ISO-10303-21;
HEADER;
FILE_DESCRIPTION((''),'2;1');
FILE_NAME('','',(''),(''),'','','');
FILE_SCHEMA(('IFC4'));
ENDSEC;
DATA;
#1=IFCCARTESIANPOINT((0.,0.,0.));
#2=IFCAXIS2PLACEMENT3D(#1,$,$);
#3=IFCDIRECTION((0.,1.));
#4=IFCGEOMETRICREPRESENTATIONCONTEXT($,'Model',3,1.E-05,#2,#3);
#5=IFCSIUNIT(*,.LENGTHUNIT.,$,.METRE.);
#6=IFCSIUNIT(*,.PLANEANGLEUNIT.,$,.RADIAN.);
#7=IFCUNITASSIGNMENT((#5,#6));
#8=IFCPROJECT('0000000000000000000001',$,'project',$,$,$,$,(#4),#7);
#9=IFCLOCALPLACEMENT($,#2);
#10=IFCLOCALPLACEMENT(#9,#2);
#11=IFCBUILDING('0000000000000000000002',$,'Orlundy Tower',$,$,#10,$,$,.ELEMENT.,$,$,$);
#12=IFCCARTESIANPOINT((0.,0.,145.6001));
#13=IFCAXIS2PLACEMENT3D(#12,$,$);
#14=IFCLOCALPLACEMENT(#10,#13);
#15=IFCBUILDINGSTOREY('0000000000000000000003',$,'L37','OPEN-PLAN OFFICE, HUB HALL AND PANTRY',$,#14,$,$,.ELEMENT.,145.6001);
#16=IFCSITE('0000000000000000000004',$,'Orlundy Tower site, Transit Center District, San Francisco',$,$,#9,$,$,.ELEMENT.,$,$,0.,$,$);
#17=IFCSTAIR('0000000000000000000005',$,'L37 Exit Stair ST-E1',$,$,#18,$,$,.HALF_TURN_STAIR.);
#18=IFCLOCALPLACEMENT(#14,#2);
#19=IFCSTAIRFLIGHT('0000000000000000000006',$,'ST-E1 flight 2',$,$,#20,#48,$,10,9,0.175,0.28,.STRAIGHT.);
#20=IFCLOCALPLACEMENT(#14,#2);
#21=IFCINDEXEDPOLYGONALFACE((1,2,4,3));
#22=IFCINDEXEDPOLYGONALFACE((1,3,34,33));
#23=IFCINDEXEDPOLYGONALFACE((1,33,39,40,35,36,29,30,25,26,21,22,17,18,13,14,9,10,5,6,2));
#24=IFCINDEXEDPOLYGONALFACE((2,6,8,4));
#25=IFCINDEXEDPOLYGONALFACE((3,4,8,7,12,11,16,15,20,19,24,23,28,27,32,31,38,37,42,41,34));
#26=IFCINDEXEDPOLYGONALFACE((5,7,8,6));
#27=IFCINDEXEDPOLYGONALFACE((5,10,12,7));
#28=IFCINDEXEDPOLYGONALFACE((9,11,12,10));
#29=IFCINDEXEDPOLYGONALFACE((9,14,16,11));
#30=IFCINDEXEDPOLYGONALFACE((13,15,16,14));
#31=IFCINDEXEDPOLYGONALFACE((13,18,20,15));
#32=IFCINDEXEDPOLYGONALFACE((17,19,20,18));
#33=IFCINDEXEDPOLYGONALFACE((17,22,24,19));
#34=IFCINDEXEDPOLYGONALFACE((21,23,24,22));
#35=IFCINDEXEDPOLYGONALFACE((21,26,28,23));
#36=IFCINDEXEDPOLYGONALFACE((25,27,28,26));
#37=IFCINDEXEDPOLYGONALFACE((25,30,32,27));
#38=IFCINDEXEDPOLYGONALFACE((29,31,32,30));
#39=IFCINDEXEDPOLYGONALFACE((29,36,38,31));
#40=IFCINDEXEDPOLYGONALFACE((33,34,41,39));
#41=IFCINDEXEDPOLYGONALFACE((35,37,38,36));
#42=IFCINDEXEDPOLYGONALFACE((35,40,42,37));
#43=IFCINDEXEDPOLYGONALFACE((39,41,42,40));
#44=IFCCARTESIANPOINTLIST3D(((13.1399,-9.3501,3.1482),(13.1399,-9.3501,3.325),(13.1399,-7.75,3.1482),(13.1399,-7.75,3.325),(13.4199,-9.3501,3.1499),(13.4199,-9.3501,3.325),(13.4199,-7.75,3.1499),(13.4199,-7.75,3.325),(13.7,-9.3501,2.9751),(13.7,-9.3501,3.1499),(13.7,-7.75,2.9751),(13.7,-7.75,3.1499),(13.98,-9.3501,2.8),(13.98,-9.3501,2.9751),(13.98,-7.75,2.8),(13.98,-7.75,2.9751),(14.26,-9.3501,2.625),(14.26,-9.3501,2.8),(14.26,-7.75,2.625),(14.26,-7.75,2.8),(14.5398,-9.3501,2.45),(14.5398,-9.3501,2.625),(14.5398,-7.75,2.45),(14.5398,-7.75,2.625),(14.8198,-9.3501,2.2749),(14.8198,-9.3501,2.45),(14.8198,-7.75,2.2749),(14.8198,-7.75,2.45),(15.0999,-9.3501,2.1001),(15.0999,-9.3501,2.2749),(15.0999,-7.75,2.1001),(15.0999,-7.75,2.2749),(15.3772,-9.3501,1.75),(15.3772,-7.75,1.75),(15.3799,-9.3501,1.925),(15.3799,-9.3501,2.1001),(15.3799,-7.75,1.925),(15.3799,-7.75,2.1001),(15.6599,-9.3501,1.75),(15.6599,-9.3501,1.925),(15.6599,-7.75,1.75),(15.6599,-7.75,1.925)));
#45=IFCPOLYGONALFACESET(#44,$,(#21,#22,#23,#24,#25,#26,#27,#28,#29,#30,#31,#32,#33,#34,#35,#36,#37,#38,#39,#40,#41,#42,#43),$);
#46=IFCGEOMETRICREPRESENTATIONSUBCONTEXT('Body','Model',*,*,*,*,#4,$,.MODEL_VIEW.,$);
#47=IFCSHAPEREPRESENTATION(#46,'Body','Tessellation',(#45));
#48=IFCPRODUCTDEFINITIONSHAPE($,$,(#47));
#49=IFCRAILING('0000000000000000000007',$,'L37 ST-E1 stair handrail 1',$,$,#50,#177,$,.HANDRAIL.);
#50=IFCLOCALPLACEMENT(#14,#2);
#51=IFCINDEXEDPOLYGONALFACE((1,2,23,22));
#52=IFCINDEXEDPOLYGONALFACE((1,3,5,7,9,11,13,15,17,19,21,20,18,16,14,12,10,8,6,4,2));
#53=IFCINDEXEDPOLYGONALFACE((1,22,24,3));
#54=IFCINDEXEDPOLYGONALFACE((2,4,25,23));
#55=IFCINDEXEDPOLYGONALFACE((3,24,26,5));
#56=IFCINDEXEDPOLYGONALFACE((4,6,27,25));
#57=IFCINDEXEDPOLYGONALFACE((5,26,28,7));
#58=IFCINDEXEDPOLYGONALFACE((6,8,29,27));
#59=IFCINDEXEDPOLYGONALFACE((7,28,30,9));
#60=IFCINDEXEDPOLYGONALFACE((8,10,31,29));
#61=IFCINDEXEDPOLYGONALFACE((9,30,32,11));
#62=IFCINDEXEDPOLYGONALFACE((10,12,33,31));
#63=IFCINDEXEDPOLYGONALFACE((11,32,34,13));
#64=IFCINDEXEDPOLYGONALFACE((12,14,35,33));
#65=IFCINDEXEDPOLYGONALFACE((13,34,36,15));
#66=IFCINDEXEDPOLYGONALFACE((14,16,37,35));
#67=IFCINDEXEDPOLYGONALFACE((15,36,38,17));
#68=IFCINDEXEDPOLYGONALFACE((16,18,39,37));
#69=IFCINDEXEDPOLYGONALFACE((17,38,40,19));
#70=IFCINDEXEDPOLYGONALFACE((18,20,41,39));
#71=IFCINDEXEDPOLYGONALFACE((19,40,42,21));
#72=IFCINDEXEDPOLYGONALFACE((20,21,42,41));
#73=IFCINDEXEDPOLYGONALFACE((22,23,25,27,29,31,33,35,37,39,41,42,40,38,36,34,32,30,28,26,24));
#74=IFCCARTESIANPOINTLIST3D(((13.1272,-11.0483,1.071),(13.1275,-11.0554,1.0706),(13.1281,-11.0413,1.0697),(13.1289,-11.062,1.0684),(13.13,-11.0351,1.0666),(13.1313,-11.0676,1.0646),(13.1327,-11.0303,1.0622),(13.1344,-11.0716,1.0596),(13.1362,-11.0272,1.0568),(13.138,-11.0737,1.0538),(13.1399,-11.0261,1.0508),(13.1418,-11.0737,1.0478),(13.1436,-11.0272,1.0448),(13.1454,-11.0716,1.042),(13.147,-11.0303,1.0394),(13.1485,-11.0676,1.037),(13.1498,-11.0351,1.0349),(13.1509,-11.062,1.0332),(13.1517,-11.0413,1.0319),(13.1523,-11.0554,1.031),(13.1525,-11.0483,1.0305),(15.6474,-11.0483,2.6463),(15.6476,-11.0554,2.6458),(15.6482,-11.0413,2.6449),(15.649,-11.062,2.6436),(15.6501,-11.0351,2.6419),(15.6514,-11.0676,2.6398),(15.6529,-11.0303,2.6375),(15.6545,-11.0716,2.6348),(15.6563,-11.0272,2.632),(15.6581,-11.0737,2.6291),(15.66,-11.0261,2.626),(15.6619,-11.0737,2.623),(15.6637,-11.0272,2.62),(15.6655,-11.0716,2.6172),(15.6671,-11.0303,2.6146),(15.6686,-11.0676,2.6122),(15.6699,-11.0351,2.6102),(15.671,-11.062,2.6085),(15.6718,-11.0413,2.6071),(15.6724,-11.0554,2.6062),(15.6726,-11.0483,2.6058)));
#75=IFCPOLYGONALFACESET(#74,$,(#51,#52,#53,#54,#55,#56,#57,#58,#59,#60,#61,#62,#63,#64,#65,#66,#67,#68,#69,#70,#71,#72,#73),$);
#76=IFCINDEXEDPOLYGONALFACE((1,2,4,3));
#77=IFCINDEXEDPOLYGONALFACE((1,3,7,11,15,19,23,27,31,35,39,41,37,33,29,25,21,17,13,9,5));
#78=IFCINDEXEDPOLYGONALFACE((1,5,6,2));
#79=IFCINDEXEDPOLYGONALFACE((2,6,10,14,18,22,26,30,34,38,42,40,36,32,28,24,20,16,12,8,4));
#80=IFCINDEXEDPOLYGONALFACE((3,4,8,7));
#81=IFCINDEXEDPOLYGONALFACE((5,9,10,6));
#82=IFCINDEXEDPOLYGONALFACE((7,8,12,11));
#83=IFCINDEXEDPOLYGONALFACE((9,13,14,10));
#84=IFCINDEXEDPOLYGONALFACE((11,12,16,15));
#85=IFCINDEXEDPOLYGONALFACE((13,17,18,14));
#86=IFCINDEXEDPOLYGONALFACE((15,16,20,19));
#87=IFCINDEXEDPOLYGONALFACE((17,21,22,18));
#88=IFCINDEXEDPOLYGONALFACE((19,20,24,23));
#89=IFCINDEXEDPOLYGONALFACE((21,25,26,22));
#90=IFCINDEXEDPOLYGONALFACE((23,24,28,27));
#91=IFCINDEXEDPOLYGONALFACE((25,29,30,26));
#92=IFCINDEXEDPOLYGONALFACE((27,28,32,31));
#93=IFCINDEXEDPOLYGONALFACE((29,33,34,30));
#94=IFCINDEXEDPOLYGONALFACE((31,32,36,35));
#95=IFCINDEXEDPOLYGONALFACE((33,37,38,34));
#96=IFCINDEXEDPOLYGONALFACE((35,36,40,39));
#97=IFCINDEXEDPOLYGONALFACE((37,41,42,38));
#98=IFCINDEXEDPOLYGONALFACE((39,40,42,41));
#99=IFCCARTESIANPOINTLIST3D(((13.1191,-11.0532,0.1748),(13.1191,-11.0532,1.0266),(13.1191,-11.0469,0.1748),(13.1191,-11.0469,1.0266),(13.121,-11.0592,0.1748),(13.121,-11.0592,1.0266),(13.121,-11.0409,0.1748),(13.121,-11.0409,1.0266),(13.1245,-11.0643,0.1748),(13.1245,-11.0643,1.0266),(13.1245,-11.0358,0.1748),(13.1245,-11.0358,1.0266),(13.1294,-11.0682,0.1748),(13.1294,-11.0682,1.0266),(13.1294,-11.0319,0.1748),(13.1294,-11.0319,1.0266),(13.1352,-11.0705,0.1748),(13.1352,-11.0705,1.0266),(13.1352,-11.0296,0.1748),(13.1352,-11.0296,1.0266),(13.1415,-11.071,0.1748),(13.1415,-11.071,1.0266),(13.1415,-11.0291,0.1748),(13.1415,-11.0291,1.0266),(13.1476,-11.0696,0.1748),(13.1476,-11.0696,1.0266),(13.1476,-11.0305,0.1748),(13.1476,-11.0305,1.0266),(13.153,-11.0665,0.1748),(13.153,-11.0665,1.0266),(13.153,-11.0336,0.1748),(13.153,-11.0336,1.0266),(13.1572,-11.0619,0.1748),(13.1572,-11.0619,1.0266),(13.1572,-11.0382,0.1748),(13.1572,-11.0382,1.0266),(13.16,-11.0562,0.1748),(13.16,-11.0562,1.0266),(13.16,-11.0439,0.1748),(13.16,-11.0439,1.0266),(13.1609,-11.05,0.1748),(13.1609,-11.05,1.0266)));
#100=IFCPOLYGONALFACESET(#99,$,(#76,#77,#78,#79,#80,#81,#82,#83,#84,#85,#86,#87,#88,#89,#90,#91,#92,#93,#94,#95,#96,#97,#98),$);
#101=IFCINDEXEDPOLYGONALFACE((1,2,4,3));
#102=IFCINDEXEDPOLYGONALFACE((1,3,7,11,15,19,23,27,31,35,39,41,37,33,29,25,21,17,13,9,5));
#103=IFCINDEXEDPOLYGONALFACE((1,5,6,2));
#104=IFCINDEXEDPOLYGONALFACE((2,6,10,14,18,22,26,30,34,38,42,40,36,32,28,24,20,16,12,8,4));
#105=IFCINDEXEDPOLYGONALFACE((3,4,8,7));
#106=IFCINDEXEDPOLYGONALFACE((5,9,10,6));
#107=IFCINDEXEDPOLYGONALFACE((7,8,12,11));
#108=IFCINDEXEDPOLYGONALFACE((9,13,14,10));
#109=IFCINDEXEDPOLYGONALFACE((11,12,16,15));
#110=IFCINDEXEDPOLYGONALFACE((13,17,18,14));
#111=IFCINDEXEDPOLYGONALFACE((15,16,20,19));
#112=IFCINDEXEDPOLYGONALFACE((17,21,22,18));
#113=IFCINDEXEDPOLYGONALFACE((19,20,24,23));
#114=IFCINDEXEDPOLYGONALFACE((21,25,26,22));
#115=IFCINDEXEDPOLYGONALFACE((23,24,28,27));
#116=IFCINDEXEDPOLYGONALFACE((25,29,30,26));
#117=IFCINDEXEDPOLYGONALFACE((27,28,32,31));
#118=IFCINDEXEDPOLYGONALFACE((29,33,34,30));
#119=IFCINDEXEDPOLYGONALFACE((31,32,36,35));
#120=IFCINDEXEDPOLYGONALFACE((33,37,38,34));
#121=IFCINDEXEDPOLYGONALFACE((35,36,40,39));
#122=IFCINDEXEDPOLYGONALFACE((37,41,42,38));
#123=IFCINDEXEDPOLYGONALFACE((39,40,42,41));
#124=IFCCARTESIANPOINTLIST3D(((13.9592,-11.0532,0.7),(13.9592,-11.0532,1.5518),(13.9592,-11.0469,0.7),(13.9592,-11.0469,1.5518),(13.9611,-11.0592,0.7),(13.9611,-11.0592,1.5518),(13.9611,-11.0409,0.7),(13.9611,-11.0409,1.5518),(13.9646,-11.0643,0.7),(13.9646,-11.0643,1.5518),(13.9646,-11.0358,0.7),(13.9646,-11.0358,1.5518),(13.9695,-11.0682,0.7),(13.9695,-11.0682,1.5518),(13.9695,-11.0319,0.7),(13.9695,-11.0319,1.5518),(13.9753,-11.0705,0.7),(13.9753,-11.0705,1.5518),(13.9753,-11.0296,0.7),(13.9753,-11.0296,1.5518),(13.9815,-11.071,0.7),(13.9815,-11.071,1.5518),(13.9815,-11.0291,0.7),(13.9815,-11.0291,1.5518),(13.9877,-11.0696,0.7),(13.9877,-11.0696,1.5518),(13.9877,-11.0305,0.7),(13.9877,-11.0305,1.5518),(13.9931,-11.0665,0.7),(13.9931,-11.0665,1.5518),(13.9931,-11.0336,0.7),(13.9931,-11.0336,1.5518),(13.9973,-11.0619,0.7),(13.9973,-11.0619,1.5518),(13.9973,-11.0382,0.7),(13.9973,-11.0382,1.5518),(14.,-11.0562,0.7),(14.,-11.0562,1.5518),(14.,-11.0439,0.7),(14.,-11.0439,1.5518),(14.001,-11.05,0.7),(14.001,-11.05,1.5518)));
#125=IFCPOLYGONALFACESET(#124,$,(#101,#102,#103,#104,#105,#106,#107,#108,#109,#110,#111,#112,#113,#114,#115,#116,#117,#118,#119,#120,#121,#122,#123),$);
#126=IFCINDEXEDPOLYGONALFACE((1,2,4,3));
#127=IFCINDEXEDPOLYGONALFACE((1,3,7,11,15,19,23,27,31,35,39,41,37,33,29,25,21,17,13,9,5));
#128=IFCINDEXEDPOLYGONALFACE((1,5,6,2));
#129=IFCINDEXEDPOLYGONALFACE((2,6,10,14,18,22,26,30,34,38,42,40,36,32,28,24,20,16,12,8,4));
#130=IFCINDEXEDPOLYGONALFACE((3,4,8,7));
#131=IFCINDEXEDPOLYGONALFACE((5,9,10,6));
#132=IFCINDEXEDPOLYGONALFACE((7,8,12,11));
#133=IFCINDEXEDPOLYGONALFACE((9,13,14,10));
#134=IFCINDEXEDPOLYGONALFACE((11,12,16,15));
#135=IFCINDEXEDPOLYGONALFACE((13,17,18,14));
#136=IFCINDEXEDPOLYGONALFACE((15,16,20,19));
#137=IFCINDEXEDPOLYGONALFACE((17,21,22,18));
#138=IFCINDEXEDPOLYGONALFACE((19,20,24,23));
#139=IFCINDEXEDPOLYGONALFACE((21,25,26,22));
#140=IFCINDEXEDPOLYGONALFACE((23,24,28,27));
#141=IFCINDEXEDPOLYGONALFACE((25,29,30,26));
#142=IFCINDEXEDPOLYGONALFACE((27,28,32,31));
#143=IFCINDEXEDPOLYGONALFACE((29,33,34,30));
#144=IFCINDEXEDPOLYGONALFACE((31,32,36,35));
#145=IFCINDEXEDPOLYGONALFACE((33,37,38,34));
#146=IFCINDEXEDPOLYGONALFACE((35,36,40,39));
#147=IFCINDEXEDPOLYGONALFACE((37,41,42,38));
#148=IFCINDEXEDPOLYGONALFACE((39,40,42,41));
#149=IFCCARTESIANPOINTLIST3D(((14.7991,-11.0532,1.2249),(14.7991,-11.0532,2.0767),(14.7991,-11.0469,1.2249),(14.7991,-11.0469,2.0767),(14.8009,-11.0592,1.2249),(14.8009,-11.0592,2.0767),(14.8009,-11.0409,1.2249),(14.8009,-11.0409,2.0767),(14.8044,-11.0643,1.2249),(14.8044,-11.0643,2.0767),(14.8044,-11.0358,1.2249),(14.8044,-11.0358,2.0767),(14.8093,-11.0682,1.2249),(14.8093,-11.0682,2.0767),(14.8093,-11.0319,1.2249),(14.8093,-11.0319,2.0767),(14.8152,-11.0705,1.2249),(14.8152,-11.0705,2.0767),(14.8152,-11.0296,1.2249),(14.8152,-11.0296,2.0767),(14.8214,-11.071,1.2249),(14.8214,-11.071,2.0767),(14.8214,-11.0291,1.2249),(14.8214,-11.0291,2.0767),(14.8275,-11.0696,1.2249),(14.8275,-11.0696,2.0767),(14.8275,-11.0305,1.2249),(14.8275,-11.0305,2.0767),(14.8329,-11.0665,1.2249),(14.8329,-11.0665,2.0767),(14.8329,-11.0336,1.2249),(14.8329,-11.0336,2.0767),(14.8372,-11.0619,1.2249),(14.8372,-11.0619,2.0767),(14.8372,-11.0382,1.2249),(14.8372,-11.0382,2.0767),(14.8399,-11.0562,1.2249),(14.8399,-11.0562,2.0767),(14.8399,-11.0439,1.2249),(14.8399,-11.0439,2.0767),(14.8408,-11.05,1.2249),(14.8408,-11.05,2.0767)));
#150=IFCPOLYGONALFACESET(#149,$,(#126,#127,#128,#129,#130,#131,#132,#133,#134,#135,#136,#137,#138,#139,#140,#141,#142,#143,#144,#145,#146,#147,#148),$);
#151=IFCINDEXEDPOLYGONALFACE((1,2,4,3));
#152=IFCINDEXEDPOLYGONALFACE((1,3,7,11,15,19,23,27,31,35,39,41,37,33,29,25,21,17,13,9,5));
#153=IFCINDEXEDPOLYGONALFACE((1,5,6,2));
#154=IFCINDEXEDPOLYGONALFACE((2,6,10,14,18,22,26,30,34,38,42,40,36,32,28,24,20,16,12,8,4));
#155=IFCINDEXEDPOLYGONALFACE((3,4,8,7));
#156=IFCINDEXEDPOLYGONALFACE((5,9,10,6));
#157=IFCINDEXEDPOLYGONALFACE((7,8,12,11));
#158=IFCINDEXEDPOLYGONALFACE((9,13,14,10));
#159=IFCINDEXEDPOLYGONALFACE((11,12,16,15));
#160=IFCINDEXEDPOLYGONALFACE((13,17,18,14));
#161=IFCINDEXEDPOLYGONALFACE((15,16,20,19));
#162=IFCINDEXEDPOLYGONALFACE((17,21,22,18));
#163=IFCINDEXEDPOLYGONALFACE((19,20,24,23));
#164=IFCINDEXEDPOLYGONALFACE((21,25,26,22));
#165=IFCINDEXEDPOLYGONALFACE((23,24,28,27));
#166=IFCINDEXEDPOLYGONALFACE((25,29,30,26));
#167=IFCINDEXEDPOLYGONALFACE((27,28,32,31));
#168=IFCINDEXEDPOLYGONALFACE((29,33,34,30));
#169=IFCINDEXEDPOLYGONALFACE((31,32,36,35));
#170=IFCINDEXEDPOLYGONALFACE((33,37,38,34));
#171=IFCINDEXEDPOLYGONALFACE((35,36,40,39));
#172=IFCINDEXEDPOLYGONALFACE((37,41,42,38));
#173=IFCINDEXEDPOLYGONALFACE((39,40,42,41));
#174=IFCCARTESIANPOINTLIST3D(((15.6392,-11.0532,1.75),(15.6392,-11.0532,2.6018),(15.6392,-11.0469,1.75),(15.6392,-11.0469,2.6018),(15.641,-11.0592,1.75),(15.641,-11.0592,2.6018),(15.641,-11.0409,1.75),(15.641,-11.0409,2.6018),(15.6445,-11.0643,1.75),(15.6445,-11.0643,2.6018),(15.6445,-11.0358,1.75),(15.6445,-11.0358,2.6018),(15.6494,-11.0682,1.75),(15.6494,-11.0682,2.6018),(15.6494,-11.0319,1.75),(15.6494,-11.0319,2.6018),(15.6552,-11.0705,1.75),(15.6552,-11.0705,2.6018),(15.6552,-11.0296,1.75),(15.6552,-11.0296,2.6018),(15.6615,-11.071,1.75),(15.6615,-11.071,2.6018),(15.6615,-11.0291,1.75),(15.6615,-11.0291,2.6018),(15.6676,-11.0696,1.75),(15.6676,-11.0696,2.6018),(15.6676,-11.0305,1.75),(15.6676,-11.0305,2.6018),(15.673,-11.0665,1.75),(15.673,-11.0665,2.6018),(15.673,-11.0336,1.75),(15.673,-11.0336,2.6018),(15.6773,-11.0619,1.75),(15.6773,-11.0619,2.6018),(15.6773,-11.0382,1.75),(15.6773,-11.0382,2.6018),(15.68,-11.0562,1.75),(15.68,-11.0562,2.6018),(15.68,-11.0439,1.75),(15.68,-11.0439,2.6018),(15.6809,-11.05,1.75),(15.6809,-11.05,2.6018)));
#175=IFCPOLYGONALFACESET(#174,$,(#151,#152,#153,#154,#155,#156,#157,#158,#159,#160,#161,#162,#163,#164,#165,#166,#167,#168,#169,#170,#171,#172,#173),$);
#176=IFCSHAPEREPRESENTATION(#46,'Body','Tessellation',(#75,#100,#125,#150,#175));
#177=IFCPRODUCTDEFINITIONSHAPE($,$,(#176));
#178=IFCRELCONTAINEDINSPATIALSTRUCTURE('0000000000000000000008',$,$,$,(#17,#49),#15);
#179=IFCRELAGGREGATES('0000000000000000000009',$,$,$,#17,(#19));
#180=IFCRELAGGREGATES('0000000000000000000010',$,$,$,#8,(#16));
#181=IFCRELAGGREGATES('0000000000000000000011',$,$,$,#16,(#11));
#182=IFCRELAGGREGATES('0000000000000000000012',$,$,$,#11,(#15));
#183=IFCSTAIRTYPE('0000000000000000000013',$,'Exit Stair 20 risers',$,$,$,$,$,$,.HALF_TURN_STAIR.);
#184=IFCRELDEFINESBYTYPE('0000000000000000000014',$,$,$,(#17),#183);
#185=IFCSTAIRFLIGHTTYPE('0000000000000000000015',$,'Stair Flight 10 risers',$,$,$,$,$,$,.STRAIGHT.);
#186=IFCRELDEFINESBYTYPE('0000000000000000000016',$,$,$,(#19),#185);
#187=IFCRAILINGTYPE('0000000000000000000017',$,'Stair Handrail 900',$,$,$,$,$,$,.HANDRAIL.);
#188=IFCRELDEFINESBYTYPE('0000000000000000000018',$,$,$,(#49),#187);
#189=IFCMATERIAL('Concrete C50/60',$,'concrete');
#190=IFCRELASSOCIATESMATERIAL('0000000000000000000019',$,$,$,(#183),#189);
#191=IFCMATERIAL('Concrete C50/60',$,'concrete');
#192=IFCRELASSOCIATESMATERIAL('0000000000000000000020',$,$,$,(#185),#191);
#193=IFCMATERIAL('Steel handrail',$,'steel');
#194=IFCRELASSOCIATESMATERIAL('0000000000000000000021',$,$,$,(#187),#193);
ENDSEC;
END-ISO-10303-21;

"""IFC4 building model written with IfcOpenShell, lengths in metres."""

from ifc_helpers import new_model, si_unit, direction, frame, origin, origin_2d, place, context, subcontext, project, spatial, polyline, circle, outline, extrude, material, type_object, element, aggregate, save


model = new_model("IFC4")

# Units and contexts
model_context = context("Model", 3, precision=1e-05, world=origin(), true_north=direction((0.0, 1.0)))
body_context = subcontext(model_context, "Body", "Model", "MODEL_VIEW")
ifc_project = project(units=[si_unit("LENGTHUNIT", "METRE"), si_unit("PLANEANGLEUNIT", "RADIAN")], contexts=[model_context])

# Site, building, storey
site_placement = place(None, origin())
site = spatial("IfcSite", under=ifc_project, at=site_placement, Name="Orlundy Tower site, Transit Center District, San Francisco", CompositionType="ELEMENT", RefElevation=0.0)
building_placement = place(site_placement, origin())
building = spatial("IfcBuilding", under=site, at=building_placement, Name="Orlundy Tower", CompositionType="ELEMENT")
storey_placement = place(building_placement, frame((0.0, 0.0, 145.6001)))
storey = spatial("IfcBuildingStorey", under=building, at=storey_placement, Name="L37", Description="OPEN-PLAN OFFICE, HUB HALL AND PANTRY", CompositionType="ELEMENT", Elevation=145.6001)

# Stair, stair flight
ifc_material_1 = material(Name="Concrete C50/60", Category="concrete")
stair_type = type_object("IfcStairType", Name="Exit Stair 20 risers", PredefinedType="HALF_TURN_STAIR", material=ifc_material_1)
stair_placement = place(storey_placement, origin())
stair = element("IfcStair", 1, at=stair_placement, inside=storey, type_object=stair_type, Name="L37 Exit Stair ST-E1", PredefinedType="HALF_TURN_STAIR")
ifc_material_2 = material(Name="Concrete C50/60", Category="concrete")
stair_flight_type = type_object("IfcStairFlightType", Name="Stair Flight 10 risers", PredefinedType="STRAIGHT", material=ifc_material_2)
stair_flight_1_placement = place(storey_placement, frame((15.6599, -8.55, 1.75), z_axis=(0.0, 0.0, 1.0), x_axis=(-1.0, 0.0, 0.0)))
stair_flight_1 = element("IfcStairFlight", 2, at=stair_flight_1_placement, type_object=stair_flight_type, Name="ST-E1 flight 2", NumberOfRisers=10, NumberOfTreads=9, PredefinedType="STRAIGHT", RiserHeight=0.175, TreadLength=0.28, context=body_context, shape_type="SweptSolid", body=[
    extrude(outline(polyline([(0.0, 0.0), (0.0, 0.175), (0.28, 0.175), (0.28, 0.3501), (0.5601, 0.3501), (0.5601, 0.5249), (0.8401, 0.5249), (0.8401, 0.7), (1.1201, 0.7), (1.1201, 0.875), (1.3999, 0.875), (1.3999, 1.05), (1.6799, 1.05), (1.6799, 1.2251), (1.96, 1.2251), (1.96, 1.3999), (2.24, 1.3999), (2.24, 1.575), (2.52, 1.575), (2.52, 1.75), (2.52, 1.3982), (0.2827, 0.0), (0.0, 0.0)])), frame((0.0, 0.8, 0.0), z_axis=(0.0, -1.0, 0.0), x_axis=(1.0, 0.0, 0.0)), (0.0, 0.0, 1.0), 1.6001),
])
aggregate(stair, [stair_flight_1])

# Railing
ifc_material_3 = material(Name="Steel handrail", Category="steel")
railing_type_1 = type_object("IfcRailingType", Name="Stair Handrail 900", PredefinedType="HANDRAIL", material=ifc_material_3)
railing_1_placement = place(storey_placement, frame((13.1399, -11.05, 0.1748)))
element("IfcRailing", 3, at=railing_1_placement, inside=storey, type_object=railing_type_1, Name="L37 ST-E1 stair handrail 1", PredefinedType="HANDRAIL", context=body_context, shape_type="SweptSolid", body=[
    extrude(circle(Radius=0.0239, at=origin_2d()), frame((0.0, 0.0, 0.876), z_axis=(0.847971, 0.0, 0.530043), x_axis=(0.0, 1.0, 0.0)), (0.0, 0.0, 1.0), 2.9719),
    extrude(circle(Radius=0.021, at=origin_2d()), origin(), (0.0, 0.0, 1.0), 0.8518),
    extrude(circle(Radius=0.021, at=origin_2d()), frame((0.8401, 0.0, 0.5251)), (0.0, 0.0, 1.0), 0.8518),
    extrude(circle(Radius=0.021, at=origin_2d()), frame((1.6799, 0.0, 1.05)), (0.0, 0.0, 1.0), 0.8518),
    extrude(circle(Radius=0.021, at=origin_2d()), frame((2.52, 0.0, 1.5752)), (0.0, 0.0, 1.0), 0.8518),
])

save(model, "model.ifc")
